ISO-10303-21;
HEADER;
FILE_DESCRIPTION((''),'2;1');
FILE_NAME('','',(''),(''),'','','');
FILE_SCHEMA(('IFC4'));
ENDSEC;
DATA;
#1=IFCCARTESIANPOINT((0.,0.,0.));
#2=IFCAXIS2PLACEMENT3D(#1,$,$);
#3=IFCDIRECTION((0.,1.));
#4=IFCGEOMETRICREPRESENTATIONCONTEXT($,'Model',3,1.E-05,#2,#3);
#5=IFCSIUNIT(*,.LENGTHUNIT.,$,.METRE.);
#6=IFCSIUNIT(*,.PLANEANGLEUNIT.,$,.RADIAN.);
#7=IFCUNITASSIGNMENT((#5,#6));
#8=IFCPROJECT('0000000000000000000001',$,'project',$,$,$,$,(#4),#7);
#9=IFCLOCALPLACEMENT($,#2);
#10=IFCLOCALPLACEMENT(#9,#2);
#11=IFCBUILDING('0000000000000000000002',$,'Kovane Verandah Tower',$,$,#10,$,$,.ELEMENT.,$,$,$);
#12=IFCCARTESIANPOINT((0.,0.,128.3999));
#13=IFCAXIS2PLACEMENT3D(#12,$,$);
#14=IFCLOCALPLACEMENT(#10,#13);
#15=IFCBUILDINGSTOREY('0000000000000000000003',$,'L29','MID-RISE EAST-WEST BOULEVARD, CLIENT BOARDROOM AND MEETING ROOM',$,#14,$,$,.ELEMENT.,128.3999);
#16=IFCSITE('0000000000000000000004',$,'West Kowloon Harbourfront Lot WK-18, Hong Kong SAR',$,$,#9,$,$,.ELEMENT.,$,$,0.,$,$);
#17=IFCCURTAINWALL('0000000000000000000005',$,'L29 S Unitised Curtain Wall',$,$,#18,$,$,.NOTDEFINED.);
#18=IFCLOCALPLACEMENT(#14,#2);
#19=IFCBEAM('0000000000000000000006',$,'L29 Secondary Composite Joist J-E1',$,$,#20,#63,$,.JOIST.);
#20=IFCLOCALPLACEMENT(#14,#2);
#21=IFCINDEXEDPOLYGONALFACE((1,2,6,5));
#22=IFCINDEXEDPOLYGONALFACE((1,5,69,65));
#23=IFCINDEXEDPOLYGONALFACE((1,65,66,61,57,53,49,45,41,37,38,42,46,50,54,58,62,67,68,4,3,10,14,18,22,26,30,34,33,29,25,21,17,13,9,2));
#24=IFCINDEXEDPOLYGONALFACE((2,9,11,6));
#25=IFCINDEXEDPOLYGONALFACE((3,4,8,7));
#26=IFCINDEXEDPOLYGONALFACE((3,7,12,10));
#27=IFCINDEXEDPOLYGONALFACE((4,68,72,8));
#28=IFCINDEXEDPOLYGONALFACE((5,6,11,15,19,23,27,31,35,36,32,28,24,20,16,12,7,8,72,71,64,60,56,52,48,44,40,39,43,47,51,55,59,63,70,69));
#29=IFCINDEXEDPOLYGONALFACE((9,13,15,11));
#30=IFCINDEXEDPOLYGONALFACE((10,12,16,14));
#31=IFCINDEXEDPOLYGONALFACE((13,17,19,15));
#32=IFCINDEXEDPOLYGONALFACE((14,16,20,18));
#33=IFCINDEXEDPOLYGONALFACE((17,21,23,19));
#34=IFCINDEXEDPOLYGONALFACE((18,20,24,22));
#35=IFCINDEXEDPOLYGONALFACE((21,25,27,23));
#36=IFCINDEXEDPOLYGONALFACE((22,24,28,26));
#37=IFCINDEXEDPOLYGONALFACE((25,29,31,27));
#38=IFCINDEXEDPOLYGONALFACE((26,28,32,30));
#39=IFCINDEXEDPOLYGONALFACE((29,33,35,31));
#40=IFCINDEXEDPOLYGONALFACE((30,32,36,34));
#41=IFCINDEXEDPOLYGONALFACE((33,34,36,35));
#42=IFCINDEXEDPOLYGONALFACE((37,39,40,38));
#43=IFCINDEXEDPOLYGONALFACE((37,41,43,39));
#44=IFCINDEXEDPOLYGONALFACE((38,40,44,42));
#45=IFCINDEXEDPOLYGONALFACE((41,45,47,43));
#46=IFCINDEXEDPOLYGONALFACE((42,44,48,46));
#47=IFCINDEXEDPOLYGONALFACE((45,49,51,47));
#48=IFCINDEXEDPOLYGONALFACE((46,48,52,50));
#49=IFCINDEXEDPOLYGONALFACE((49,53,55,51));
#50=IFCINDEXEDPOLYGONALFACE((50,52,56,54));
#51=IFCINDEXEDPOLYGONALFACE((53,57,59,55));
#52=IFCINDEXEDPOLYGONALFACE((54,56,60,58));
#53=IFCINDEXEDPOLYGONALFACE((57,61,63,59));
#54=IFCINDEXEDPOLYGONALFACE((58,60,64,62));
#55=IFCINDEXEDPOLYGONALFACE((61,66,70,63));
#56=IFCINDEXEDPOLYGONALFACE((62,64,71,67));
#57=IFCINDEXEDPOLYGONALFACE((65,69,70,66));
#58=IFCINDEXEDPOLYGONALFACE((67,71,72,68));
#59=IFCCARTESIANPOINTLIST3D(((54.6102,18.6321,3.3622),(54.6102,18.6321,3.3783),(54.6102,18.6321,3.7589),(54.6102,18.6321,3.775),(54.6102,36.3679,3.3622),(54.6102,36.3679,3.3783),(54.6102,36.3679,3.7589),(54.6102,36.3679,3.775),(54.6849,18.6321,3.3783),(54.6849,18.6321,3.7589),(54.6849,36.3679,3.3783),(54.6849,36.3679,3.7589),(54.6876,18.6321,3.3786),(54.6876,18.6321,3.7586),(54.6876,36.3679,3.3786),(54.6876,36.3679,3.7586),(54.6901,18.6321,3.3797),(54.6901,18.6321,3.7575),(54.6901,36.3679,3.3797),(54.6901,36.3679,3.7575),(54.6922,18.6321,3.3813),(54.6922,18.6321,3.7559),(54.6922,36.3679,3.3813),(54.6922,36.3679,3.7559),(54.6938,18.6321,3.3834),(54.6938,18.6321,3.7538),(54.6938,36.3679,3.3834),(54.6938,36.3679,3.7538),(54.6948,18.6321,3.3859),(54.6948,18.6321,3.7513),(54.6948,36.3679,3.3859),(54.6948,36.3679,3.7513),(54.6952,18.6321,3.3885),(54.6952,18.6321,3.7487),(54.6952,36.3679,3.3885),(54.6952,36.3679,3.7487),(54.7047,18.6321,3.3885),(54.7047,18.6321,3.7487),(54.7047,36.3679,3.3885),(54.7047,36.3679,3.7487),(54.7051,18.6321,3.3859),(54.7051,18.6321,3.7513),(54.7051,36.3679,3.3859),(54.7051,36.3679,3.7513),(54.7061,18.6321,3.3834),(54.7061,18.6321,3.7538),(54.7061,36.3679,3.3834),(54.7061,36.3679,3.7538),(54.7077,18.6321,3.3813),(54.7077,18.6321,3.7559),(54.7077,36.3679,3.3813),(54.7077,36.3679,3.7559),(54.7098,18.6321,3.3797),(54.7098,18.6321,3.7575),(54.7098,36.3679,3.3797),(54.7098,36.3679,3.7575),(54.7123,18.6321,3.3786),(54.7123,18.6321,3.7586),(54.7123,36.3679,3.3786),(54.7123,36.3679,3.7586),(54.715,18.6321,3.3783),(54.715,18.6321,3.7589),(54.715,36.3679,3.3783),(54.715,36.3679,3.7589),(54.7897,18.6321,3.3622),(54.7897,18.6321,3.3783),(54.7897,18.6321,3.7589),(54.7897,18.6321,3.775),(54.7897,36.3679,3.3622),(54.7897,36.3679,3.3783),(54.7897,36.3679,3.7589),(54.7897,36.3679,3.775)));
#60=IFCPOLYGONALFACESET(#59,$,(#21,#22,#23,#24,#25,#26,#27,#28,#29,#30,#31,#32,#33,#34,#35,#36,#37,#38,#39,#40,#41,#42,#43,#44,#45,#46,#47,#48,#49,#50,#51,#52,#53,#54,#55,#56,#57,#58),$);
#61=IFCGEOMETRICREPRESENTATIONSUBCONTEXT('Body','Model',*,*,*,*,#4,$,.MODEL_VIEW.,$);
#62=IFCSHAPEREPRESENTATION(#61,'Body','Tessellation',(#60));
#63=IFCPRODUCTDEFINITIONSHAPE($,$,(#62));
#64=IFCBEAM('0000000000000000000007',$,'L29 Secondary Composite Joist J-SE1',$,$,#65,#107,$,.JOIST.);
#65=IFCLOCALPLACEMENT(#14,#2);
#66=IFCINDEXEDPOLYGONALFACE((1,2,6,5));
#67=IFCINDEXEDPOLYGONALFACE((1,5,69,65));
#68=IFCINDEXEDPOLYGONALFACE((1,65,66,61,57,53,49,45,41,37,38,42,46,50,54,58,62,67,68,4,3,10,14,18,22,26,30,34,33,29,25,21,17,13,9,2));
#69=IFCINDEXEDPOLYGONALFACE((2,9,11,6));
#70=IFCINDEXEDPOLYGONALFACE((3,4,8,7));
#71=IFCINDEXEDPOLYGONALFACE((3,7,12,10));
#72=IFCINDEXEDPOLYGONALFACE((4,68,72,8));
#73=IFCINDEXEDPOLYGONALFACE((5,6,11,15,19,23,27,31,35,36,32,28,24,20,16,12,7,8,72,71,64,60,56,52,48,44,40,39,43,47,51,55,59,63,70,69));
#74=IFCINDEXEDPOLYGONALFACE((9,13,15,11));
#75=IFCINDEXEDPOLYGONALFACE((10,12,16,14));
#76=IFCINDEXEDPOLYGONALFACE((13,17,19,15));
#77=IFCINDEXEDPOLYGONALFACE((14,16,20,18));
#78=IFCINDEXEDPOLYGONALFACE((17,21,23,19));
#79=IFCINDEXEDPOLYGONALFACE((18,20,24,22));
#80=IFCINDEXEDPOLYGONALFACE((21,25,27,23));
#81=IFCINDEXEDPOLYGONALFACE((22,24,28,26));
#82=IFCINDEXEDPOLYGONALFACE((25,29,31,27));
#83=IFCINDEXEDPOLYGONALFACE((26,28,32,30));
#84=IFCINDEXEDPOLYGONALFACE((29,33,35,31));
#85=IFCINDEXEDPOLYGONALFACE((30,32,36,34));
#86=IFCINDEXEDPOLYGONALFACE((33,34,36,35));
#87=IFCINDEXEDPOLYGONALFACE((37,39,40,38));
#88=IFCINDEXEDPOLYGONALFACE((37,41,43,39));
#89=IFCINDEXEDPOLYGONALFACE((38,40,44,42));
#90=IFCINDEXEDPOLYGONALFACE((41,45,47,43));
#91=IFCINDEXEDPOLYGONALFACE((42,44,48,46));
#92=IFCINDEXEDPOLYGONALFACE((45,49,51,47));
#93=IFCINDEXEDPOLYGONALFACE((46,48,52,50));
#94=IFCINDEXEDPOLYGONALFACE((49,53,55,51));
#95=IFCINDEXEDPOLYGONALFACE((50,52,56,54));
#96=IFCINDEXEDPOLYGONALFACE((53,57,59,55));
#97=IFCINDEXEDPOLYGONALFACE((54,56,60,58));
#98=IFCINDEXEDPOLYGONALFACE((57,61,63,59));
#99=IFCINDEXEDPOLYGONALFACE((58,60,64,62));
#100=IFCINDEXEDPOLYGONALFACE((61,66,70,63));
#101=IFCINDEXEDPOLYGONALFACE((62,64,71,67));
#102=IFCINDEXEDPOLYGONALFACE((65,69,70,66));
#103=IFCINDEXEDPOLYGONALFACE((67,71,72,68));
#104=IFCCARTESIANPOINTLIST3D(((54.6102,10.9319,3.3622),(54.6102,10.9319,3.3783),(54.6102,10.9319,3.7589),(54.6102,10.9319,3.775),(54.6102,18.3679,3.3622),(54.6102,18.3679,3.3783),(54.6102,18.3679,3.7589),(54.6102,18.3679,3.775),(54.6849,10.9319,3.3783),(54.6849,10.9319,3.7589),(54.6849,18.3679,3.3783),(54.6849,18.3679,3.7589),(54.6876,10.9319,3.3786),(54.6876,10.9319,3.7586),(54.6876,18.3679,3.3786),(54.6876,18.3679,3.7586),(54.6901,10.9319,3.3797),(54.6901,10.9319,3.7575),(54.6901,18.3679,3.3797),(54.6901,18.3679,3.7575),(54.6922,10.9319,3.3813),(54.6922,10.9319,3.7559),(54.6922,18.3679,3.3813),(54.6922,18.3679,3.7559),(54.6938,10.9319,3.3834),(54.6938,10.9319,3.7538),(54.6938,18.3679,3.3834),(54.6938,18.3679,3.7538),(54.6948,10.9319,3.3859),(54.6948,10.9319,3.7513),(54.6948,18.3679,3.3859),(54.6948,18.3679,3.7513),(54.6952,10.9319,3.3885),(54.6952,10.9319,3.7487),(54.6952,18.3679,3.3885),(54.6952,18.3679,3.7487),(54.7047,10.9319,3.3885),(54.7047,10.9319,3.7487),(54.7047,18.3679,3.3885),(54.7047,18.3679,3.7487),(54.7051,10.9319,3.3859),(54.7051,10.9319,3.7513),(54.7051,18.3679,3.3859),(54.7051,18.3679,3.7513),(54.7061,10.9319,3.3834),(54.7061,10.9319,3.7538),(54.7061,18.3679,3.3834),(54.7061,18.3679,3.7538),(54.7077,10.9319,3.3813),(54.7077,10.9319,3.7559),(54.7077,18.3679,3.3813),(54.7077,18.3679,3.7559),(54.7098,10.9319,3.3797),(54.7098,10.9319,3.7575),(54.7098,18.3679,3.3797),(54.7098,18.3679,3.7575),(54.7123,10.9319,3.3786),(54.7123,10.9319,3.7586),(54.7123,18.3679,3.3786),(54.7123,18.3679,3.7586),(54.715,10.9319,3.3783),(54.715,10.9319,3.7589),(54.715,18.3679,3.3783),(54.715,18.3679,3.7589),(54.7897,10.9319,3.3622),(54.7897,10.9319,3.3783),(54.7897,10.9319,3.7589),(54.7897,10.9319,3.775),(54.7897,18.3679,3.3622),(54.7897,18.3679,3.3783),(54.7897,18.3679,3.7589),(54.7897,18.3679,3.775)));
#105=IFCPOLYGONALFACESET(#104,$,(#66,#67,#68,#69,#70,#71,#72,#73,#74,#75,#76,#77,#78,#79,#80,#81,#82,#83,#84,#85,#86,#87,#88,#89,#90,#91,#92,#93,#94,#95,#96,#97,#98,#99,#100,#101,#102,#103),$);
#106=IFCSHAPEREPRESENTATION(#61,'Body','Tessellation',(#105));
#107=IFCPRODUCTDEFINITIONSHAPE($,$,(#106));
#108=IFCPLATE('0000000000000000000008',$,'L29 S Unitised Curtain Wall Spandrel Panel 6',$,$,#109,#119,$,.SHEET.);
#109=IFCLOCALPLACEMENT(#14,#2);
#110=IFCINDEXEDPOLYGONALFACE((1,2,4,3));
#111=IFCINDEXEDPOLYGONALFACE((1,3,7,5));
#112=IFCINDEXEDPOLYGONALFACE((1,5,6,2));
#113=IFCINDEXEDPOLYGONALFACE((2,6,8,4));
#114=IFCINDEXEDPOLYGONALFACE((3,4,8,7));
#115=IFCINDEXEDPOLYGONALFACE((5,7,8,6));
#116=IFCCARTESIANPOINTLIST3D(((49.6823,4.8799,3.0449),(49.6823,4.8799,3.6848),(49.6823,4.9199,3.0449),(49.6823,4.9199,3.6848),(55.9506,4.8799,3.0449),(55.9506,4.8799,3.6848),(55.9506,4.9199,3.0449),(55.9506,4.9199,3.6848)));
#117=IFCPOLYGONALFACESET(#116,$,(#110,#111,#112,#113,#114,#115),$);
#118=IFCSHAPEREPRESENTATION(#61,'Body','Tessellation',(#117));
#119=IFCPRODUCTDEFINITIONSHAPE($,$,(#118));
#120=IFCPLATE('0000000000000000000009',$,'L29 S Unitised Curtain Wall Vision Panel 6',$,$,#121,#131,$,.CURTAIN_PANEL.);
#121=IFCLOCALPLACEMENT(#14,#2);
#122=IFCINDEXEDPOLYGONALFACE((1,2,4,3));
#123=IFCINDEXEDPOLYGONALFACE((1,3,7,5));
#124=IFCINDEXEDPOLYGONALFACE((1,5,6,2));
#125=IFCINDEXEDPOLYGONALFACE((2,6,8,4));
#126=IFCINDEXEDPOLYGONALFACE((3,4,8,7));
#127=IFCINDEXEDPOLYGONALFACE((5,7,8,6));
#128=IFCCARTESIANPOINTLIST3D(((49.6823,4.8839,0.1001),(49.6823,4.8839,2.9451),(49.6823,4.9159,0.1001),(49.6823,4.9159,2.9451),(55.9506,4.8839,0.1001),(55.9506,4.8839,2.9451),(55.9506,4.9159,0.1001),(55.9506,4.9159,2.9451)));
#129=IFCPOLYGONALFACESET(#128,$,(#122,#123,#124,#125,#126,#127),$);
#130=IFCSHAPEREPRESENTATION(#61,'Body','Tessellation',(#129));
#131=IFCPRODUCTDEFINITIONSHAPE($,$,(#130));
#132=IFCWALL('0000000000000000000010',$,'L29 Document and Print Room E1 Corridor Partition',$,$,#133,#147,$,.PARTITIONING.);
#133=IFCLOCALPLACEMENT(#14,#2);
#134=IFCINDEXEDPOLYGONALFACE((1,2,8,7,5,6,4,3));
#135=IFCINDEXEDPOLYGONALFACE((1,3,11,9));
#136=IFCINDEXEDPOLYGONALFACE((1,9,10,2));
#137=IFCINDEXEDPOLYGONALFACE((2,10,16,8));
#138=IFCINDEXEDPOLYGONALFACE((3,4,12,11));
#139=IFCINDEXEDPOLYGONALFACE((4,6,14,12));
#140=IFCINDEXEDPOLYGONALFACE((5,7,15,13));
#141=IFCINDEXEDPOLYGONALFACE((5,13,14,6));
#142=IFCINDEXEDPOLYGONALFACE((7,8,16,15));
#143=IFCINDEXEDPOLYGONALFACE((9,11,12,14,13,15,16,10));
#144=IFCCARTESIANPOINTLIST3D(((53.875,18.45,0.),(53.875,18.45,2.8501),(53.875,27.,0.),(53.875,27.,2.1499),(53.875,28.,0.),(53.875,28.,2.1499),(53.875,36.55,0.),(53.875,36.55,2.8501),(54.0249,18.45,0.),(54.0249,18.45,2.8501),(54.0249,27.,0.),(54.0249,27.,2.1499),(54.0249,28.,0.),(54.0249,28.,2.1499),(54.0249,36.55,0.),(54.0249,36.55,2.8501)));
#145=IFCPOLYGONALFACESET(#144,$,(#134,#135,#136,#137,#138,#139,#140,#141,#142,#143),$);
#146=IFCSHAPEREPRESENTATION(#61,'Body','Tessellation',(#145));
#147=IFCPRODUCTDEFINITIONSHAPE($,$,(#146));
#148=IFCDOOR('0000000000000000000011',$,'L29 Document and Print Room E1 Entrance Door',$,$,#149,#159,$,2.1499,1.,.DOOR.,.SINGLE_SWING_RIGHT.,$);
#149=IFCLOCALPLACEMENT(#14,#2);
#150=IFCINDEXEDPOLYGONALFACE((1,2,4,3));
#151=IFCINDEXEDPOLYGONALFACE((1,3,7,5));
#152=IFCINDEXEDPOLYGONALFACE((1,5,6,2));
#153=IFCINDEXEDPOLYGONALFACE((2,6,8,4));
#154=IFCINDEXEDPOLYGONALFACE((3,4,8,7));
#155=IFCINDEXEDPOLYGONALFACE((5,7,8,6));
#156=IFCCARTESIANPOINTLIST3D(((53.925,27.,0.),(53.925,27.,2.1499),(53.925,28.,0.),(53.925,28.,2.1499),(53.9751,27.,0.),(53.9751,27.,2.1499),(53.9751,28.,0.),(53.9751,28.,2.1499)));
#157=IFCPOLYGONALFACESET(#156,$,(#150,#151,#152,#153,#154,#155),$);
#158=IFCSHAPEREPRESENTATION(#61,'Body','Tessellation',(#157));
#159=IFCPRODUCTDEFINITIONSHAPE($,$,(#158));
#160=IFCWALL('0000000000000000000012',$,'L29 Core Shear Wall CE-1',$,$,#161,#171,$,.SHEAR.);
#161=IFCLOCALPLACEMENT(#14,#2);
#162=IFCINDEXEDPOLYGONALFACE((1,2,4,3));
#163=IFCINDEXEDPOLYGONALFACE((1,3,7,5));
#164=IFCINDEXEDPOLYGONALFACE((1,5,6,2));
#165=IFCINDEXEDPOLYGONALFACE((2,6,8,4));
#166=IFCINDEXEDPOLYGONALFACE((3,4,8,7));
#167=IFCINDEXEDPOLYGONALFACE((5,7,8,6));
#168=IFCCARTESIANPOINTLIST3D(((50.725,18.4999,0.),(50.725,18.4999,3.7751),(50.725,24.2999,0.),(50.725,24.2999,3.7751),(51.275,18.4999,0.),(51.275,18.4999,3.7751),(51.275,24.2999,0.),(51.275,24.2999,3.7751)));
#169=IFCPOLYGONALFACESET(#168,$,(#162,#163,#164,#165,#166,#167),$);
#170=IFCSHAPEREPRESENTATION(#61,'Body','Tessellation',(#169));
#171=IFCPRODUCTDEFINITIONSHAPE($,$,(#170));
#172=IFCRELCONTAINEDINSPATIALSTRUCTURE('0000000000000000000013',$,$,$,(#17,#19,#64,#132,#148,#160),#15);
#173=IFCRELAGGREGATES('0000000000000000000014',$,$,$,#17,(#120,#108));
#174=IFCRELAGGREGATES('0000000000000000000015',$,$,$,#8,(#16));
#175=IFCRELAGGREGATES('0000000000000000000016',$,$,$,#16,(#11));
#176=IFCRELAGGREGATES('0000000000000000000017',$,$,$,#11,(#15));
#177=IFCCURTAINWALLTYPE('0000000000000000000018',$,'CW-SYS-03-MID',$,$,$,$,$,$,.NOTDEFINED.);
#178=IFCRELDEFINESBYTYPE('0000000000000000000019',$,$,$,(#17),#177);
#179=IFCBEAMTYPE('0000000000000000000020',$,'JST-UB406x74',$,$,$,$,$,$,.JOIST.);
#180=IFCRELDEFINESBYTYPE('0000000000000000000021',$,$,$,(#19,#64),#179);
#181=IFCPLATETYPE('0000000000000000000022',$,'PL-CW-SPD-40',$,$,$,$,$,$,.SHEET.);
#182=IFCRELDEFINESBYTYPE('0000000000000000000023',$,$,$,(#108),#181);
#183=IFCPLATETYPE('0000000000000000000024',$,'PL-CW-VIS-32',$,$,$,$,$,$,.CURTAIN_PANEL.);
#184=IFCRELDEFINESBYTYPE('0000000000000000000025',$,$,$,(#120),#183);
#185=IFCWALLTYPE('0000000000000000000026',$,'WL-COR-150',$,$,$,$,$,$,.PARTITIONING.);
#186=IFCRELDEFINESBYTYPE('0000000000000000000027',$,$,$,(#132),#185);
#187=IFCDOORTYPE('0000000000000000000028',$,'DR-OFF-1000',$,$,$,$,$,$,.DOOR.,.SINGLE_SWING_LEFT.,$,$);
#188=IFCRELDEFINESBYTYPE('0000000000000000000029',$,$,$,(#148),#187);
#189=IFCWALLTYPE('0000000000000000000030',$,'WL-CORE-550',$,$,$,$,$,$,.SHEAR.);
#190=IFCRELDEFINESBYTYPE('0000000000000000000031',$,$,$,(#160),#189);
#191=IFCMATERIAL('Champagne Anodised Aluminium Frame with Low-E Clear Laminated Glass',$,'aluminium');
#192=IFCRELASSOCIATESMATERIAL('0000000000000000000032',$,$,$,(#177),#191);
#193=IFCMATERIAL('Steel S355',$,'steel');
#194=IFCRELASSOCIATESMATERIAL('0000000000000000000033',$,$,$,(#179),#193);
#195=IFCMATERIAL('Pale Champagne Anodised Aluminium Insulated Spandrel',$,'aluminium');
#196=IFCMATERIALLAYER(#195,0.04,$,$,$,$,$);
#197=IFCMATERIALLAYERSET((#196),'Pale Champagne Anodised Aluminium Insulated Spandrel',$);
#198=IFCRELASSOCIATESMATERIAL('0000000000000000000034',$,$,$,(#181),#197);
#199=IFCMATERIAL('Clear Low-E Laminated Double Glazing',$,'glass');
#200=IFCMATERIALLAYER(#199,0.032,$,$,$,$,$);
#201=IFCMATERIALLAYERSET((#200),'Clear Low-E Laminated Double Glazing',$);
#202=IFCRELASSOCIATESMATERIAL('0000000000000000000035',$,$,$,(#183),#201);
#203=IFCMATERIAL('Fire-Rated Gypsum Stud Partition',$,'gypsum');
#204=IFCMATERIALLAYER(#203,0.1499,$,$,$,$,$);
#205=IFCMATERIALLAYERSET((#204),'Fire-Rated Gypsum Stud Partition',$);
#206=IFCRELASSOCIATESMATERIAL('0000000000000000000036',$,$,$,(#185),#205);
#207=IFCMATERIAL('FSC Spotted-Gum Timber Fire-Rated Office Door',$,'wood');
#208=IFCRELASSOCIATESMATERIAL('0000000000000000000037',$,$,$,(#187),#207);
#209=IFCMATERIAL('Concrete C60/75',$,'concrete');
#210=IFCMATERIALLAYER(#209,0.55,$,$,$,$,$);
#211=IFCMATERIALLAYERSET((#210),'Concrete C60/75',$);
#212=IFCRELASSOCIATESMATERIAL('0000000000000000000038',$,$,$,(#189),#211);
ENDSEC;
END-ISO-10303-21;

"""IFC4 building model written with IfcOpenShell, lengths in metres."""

from ifc_helpers import new_model, si_unit, direction, frame, frame_2d, origin, origin_2d, place, context, subcontext, project, spatial, rectangle, i_section, extrude, material, layer, layer_set, material_profile, profile_set, type_object, element, fill, aggregate, save


model = new_model("IFC4")

# Units and contexts
model_context = context("Model", 3, precision=1e-05, world=origin(), true_north=direction((0.0, 1.0)))
body_context = subcontext(model_context, "Body", "Model", "MODEL_VIEW")
ifc_project = project(units=[si_unit("LENGTHUNIT", "METRE"), si_unit("PLANEANGLEUNIT", "RADIAN")], contexts=[model_context])

# Site, building, storey
site_placement = place(None, origin())
site = spatial("IfcSite", under=ifc_project, at=site_placement, Name="West Kowloon Harbourfront Lot WK-18, Hong Kong SAR", CompositionType="ELEMENT", RefElevation=0.0)
building_placement = place(site_placement, origin())
building = spatial("IfcBuilding", under=site, at=building_placement, Name="Kovane Verandah Tower", CompositionType="ELEMENT")
storey_placement = place(building_placement, frame((0.0, 0.0, 128.3999)))
storey = spatial("IfcBuildingStorey", under=building, at=storey_placement, Name="L29", Description="MID-RISE EAST-WEST BOULEVARD, CLIENT BOARDROOM AND MEETING ROOM", CompositionType="ELEMENT", Elevation=128.3999)

# Shared definitions
ifc_material_1 = material(Name="Concrete C60/75", Category="concrete")
ifc_material_2 = material(Name="Steel S355", Category="steel")

# Curtain wall
ifc_material_3 = material(Name="Champagne Anodised Aluminium Frame with Low-E Clear Laminated Glass", Category="aluminium")
curtain_wall_type = type_object("IfcCurtainWallType", Name="CW-SYS-03-MID", PredefinedType="NOTDEFINED", material=ifc_material_3)
curtain_wall_placement = place(storey_placement, origin())
curtain_wall = element("IfcCurtainWall", 1, at=curtain_wall_placement, inside=storey, type_object=curtain_wall_type, Name="L29 S Unitised Curtain Wall", PredefinedType="NOTDEFINED")

# Beams
ifc_material_profile_1 = material_profile(ifc_material_2, i_section(OverallWidth=0.1794, OverallDepth=0.4128, WebThickness=0.0095, FlangeThickness=0.0161, FilletRadius=0.0103, at=origin_2d()), Name="UB406x178x74")
ifc_profile_set_1 = profile_set([ifc_material_profile_1], Name="Steel S355")
beam_type_1 = type_object("IfcBeamType", Name="JST-UB406x74", PredefinedType="JOIST", material=ifc_profile_set_1)
beam_1_placement = place(storey_placement, frame((54.7, 18.6321, 3.5686), z_axis=(0.0, 1.0, 0.0), x_axis=(-1.0, 0.0, 0.0)))
element("IfcBeam", 2, at=beam_1_placement, inside=storey, type_object=beam_type_1, Name="L29 Secondary Composite Joist J-E1", PredefinedType="JOIST", context=body_context, shape_type="SweptSolid", body=[
    extrude(i_section(OverallWidth=0.1794, OverallDepth=0.4128, WebThickness=0.0095, FlangeThickness=0.0161, FilletRadius=0.0103, at=origin_2d()), origin(), (0.0, 0.0, 1.0), 17.7358),
])
beam_2_placement = place(storey_placement, frame((54.7, 10.9319, 3.5686), z_axis=(0.0, 1.0, 0.0), x_axis=(-1.0, 0.0, 0.0)))
element("IfcBeam", 3, at=beam_2_placement, inside=storey, type_object=beam_type_1, Name="L29 Secondary Composite Joist J-SE1", PredefinedType="JOIST", context=body_context, shape_type="SweptSolid", body=[
    extrude(i_section(OverallWidth=0.1794, OverallDepth=0.4128, WebThickness=0.0095, FlangeThickness=0.0161, FilletRadius=0.0103, at=origin_2d()), origin(), (0.0, 0.0, 1.0), 7.436),
])

# Plates
ifc_material_4 = material(Name="Pale Champagne Anodised Aluminium Insulated Spandrel", Category="aluminium")
ifc_layer_1 = layer(ifc_material_4, 0.04)
ifc_layer_set_1 = layer_set([ifc_layer_1], Name="Pale Champagne Anodised Aluminium Insulated Spandrel")
plate_type_1 = type_object("IfcPlateType", Name="PL-CW-SPD-40", PredefinedType="SHEET", material=ifc_layer_set_1)
plate_1_placement = place(storey_placement, frame((52.8164, 4.8999, 3.0449), z_axis=(0.0, 0.0, 1.0), x_axis=(1.0, 0.0, 0.0)))
plate_1 = element("IfcPlate", 4, at=plate_1_placement, type_object=plate_type_1, Name="L29 S Unitised Curtain Wall Spandrel Panel 6", PredefinedType="SHEET", context=body_context, shape_type="SweptSolid", body=[
    extrude(rectangle(XDim=6.2683, YDim=0.04, at=origin_2d()), origin(), (0.0, 0.0, 1.0), 0.6399),
])
ifc_material_5 = material(Name="Clear Low-E Laminated Double Glazing", Category="glass")
ifc_layer_2 = layer(ifc_material_5, 0.032)
ifc_layer_set_2 = layer_set([ifc_layer_2], Name="Clear Low-E Laminated Double Glazing")
plate_type_2 = type_object("IfcPlateType", Name="PL-CW-VIS-32", PredefinedType="CURTAIN_PANEL", material=ifc_layer_set_2)
plate_2_placement = place(storey_placement, frame((52.8164, 4.8999, 0.1001), z_axis=(0.0, 0.0, 1.0), x_axis=(1.0, 0.0, 0.0)))
plate_2 = element("IfcPlate", 5, at=plate_2_placement, type_object=plate_type_2, Name="L29 S Unitised Curtain Wall Vision Panel 6", PredefinedType="CURTAIN_PANEL", context=body_context, shape_type="SweptSolid", body=[
    extrude(rectangle(XDim=6.2683, YDim=0.032, at=origin_2d()), origin(), (0.0, 0.0, 1.0), 2.845),
])
aggregate(curtain_wall, [plate_2, plate_1])

# Wall, opening, door
ifc_material_6 = material(Name="Fire-Rated Gypsum Stud Partition", Category="gypsum")
ifc_layer_3 = layer(ifc_material_6, 0.1499)
ifc_layer_set_3 = layer_set([ifc_layer_3], Name="Fire-Rated Gypsum Stud Partition")
wall_type_1 = type_object("IfcWallType", Name="WL-COR-150", PredefinedType="PARTITIONING", material=ifc_layer_set_3)
wall_1_placement = place(storey_placement, frame((53.95, 18.45, 0.0), z_axis=(0.0, 0.0, 1.0), x_axis=(0.0, 1.0, 0.0)))
wall_1 = element("IfcWall", 6, at=wall_1_placement, inside=storey, type_object=wall_type_1, Name="L29 Document and Print Room E1 Corridor Partition", PredefinedType="PARTITIONING", context=body_context, shape_type="SweptSolid", body=[
    extrude(rectangle(XDim=18.1001, YDim=0.1499, at=frame_2d((9.05, 0.0))), origin(), (0.0, 0.0, 1.0), 2.8501),
])
opening_1_placement = place(wall_1_placement, frame((8.55, 0.0, 0.0)))
opening_1 = element("IfcOpeningElement", 7, at=opening_1_placement, cuts=wall_1, PredefinedType="OPENING", context=body_context, shape_type="SweptSolid", body=[
    extrude(rectangle(XDim=1.0, YDim=2.1499, at=frame_2d((0.5, 1.075))), frame((0.0, 0.075, 0.0), z_axis=(0.0, -1.0, 0.0), x_axis=(1.0, 0.0, 0.0)), (0.0, 0.0, 1.0), 0.1499),
])
ifc_material_7 = material(Name="FSC Spotted-Gum Timber Fire-Rated Office Door", Category="wood")
door_type_1 = type_object("IfcDoorType", Name="DR-OFF-1000", OperationType="SINGLE_SWING_LEFT", PredefinedType="DOOR", material=ifc_material_7)
door_1_placement = place(opening_1_placement, origin())
door_1 = element("IfcDoor", 8, at=door_1_placement, inside=storey, type_object=door_type_1, Name="L29 Document and Print Room E1 Entrance Door", OperationType="SINGLE_SWING_RIGHT", OverallHeight=2.1499, OverallWidth=1.0, PredefinedType="DOOR", context=body_context, shape_type="SweptSolid", body=[
    extrude(rectangle(XDim=1.0, YDim=2.1499, at=frame_2d((0.5, 1.075))), frame((0.0, 0.0249, 0.0), z_axis=(0.0, -1.0, 0.0), x_axis=(1.0, 0.0, 0.0)), (0.0, 0.0, 1.0), 0.05),
])
fill(opening_1, door_1)

# Wall
ifc_layer_4 = layer(ifc_material_1, 0.55)
ifc_layer_set_4 = layer_set([ifc_layer_4], Name="Concrete C60/75")
wall_type_2 = type_object("IfcWallType", Name="WL-CORE-550", PredefinedType="SHEAR", material=ifc_layer_set_4)
wall_2_placement = place(storey_placement, frame((51.0, 18.5, 0.0), z_axis=(0.0, 0.0, 1.0), x_axis=(0.0, 1.0, 0.0)))
element("IfcWall", 9, at=wall_2_placement, inside=storey, type_object=wall_type_2, Name="L29 Core Shear Wall CE-1", PredefinedType="SHEAR", context=body_context, shape_type="SweptSolid", body=[
    extrude(rectangle(XDim=5.8, YDim=0.55, at=frame_2d((2.8999, 0.0))), origin(), (0.0, 0.0, 1.0), 3.7751),
])

save(model, "model.ifc")
